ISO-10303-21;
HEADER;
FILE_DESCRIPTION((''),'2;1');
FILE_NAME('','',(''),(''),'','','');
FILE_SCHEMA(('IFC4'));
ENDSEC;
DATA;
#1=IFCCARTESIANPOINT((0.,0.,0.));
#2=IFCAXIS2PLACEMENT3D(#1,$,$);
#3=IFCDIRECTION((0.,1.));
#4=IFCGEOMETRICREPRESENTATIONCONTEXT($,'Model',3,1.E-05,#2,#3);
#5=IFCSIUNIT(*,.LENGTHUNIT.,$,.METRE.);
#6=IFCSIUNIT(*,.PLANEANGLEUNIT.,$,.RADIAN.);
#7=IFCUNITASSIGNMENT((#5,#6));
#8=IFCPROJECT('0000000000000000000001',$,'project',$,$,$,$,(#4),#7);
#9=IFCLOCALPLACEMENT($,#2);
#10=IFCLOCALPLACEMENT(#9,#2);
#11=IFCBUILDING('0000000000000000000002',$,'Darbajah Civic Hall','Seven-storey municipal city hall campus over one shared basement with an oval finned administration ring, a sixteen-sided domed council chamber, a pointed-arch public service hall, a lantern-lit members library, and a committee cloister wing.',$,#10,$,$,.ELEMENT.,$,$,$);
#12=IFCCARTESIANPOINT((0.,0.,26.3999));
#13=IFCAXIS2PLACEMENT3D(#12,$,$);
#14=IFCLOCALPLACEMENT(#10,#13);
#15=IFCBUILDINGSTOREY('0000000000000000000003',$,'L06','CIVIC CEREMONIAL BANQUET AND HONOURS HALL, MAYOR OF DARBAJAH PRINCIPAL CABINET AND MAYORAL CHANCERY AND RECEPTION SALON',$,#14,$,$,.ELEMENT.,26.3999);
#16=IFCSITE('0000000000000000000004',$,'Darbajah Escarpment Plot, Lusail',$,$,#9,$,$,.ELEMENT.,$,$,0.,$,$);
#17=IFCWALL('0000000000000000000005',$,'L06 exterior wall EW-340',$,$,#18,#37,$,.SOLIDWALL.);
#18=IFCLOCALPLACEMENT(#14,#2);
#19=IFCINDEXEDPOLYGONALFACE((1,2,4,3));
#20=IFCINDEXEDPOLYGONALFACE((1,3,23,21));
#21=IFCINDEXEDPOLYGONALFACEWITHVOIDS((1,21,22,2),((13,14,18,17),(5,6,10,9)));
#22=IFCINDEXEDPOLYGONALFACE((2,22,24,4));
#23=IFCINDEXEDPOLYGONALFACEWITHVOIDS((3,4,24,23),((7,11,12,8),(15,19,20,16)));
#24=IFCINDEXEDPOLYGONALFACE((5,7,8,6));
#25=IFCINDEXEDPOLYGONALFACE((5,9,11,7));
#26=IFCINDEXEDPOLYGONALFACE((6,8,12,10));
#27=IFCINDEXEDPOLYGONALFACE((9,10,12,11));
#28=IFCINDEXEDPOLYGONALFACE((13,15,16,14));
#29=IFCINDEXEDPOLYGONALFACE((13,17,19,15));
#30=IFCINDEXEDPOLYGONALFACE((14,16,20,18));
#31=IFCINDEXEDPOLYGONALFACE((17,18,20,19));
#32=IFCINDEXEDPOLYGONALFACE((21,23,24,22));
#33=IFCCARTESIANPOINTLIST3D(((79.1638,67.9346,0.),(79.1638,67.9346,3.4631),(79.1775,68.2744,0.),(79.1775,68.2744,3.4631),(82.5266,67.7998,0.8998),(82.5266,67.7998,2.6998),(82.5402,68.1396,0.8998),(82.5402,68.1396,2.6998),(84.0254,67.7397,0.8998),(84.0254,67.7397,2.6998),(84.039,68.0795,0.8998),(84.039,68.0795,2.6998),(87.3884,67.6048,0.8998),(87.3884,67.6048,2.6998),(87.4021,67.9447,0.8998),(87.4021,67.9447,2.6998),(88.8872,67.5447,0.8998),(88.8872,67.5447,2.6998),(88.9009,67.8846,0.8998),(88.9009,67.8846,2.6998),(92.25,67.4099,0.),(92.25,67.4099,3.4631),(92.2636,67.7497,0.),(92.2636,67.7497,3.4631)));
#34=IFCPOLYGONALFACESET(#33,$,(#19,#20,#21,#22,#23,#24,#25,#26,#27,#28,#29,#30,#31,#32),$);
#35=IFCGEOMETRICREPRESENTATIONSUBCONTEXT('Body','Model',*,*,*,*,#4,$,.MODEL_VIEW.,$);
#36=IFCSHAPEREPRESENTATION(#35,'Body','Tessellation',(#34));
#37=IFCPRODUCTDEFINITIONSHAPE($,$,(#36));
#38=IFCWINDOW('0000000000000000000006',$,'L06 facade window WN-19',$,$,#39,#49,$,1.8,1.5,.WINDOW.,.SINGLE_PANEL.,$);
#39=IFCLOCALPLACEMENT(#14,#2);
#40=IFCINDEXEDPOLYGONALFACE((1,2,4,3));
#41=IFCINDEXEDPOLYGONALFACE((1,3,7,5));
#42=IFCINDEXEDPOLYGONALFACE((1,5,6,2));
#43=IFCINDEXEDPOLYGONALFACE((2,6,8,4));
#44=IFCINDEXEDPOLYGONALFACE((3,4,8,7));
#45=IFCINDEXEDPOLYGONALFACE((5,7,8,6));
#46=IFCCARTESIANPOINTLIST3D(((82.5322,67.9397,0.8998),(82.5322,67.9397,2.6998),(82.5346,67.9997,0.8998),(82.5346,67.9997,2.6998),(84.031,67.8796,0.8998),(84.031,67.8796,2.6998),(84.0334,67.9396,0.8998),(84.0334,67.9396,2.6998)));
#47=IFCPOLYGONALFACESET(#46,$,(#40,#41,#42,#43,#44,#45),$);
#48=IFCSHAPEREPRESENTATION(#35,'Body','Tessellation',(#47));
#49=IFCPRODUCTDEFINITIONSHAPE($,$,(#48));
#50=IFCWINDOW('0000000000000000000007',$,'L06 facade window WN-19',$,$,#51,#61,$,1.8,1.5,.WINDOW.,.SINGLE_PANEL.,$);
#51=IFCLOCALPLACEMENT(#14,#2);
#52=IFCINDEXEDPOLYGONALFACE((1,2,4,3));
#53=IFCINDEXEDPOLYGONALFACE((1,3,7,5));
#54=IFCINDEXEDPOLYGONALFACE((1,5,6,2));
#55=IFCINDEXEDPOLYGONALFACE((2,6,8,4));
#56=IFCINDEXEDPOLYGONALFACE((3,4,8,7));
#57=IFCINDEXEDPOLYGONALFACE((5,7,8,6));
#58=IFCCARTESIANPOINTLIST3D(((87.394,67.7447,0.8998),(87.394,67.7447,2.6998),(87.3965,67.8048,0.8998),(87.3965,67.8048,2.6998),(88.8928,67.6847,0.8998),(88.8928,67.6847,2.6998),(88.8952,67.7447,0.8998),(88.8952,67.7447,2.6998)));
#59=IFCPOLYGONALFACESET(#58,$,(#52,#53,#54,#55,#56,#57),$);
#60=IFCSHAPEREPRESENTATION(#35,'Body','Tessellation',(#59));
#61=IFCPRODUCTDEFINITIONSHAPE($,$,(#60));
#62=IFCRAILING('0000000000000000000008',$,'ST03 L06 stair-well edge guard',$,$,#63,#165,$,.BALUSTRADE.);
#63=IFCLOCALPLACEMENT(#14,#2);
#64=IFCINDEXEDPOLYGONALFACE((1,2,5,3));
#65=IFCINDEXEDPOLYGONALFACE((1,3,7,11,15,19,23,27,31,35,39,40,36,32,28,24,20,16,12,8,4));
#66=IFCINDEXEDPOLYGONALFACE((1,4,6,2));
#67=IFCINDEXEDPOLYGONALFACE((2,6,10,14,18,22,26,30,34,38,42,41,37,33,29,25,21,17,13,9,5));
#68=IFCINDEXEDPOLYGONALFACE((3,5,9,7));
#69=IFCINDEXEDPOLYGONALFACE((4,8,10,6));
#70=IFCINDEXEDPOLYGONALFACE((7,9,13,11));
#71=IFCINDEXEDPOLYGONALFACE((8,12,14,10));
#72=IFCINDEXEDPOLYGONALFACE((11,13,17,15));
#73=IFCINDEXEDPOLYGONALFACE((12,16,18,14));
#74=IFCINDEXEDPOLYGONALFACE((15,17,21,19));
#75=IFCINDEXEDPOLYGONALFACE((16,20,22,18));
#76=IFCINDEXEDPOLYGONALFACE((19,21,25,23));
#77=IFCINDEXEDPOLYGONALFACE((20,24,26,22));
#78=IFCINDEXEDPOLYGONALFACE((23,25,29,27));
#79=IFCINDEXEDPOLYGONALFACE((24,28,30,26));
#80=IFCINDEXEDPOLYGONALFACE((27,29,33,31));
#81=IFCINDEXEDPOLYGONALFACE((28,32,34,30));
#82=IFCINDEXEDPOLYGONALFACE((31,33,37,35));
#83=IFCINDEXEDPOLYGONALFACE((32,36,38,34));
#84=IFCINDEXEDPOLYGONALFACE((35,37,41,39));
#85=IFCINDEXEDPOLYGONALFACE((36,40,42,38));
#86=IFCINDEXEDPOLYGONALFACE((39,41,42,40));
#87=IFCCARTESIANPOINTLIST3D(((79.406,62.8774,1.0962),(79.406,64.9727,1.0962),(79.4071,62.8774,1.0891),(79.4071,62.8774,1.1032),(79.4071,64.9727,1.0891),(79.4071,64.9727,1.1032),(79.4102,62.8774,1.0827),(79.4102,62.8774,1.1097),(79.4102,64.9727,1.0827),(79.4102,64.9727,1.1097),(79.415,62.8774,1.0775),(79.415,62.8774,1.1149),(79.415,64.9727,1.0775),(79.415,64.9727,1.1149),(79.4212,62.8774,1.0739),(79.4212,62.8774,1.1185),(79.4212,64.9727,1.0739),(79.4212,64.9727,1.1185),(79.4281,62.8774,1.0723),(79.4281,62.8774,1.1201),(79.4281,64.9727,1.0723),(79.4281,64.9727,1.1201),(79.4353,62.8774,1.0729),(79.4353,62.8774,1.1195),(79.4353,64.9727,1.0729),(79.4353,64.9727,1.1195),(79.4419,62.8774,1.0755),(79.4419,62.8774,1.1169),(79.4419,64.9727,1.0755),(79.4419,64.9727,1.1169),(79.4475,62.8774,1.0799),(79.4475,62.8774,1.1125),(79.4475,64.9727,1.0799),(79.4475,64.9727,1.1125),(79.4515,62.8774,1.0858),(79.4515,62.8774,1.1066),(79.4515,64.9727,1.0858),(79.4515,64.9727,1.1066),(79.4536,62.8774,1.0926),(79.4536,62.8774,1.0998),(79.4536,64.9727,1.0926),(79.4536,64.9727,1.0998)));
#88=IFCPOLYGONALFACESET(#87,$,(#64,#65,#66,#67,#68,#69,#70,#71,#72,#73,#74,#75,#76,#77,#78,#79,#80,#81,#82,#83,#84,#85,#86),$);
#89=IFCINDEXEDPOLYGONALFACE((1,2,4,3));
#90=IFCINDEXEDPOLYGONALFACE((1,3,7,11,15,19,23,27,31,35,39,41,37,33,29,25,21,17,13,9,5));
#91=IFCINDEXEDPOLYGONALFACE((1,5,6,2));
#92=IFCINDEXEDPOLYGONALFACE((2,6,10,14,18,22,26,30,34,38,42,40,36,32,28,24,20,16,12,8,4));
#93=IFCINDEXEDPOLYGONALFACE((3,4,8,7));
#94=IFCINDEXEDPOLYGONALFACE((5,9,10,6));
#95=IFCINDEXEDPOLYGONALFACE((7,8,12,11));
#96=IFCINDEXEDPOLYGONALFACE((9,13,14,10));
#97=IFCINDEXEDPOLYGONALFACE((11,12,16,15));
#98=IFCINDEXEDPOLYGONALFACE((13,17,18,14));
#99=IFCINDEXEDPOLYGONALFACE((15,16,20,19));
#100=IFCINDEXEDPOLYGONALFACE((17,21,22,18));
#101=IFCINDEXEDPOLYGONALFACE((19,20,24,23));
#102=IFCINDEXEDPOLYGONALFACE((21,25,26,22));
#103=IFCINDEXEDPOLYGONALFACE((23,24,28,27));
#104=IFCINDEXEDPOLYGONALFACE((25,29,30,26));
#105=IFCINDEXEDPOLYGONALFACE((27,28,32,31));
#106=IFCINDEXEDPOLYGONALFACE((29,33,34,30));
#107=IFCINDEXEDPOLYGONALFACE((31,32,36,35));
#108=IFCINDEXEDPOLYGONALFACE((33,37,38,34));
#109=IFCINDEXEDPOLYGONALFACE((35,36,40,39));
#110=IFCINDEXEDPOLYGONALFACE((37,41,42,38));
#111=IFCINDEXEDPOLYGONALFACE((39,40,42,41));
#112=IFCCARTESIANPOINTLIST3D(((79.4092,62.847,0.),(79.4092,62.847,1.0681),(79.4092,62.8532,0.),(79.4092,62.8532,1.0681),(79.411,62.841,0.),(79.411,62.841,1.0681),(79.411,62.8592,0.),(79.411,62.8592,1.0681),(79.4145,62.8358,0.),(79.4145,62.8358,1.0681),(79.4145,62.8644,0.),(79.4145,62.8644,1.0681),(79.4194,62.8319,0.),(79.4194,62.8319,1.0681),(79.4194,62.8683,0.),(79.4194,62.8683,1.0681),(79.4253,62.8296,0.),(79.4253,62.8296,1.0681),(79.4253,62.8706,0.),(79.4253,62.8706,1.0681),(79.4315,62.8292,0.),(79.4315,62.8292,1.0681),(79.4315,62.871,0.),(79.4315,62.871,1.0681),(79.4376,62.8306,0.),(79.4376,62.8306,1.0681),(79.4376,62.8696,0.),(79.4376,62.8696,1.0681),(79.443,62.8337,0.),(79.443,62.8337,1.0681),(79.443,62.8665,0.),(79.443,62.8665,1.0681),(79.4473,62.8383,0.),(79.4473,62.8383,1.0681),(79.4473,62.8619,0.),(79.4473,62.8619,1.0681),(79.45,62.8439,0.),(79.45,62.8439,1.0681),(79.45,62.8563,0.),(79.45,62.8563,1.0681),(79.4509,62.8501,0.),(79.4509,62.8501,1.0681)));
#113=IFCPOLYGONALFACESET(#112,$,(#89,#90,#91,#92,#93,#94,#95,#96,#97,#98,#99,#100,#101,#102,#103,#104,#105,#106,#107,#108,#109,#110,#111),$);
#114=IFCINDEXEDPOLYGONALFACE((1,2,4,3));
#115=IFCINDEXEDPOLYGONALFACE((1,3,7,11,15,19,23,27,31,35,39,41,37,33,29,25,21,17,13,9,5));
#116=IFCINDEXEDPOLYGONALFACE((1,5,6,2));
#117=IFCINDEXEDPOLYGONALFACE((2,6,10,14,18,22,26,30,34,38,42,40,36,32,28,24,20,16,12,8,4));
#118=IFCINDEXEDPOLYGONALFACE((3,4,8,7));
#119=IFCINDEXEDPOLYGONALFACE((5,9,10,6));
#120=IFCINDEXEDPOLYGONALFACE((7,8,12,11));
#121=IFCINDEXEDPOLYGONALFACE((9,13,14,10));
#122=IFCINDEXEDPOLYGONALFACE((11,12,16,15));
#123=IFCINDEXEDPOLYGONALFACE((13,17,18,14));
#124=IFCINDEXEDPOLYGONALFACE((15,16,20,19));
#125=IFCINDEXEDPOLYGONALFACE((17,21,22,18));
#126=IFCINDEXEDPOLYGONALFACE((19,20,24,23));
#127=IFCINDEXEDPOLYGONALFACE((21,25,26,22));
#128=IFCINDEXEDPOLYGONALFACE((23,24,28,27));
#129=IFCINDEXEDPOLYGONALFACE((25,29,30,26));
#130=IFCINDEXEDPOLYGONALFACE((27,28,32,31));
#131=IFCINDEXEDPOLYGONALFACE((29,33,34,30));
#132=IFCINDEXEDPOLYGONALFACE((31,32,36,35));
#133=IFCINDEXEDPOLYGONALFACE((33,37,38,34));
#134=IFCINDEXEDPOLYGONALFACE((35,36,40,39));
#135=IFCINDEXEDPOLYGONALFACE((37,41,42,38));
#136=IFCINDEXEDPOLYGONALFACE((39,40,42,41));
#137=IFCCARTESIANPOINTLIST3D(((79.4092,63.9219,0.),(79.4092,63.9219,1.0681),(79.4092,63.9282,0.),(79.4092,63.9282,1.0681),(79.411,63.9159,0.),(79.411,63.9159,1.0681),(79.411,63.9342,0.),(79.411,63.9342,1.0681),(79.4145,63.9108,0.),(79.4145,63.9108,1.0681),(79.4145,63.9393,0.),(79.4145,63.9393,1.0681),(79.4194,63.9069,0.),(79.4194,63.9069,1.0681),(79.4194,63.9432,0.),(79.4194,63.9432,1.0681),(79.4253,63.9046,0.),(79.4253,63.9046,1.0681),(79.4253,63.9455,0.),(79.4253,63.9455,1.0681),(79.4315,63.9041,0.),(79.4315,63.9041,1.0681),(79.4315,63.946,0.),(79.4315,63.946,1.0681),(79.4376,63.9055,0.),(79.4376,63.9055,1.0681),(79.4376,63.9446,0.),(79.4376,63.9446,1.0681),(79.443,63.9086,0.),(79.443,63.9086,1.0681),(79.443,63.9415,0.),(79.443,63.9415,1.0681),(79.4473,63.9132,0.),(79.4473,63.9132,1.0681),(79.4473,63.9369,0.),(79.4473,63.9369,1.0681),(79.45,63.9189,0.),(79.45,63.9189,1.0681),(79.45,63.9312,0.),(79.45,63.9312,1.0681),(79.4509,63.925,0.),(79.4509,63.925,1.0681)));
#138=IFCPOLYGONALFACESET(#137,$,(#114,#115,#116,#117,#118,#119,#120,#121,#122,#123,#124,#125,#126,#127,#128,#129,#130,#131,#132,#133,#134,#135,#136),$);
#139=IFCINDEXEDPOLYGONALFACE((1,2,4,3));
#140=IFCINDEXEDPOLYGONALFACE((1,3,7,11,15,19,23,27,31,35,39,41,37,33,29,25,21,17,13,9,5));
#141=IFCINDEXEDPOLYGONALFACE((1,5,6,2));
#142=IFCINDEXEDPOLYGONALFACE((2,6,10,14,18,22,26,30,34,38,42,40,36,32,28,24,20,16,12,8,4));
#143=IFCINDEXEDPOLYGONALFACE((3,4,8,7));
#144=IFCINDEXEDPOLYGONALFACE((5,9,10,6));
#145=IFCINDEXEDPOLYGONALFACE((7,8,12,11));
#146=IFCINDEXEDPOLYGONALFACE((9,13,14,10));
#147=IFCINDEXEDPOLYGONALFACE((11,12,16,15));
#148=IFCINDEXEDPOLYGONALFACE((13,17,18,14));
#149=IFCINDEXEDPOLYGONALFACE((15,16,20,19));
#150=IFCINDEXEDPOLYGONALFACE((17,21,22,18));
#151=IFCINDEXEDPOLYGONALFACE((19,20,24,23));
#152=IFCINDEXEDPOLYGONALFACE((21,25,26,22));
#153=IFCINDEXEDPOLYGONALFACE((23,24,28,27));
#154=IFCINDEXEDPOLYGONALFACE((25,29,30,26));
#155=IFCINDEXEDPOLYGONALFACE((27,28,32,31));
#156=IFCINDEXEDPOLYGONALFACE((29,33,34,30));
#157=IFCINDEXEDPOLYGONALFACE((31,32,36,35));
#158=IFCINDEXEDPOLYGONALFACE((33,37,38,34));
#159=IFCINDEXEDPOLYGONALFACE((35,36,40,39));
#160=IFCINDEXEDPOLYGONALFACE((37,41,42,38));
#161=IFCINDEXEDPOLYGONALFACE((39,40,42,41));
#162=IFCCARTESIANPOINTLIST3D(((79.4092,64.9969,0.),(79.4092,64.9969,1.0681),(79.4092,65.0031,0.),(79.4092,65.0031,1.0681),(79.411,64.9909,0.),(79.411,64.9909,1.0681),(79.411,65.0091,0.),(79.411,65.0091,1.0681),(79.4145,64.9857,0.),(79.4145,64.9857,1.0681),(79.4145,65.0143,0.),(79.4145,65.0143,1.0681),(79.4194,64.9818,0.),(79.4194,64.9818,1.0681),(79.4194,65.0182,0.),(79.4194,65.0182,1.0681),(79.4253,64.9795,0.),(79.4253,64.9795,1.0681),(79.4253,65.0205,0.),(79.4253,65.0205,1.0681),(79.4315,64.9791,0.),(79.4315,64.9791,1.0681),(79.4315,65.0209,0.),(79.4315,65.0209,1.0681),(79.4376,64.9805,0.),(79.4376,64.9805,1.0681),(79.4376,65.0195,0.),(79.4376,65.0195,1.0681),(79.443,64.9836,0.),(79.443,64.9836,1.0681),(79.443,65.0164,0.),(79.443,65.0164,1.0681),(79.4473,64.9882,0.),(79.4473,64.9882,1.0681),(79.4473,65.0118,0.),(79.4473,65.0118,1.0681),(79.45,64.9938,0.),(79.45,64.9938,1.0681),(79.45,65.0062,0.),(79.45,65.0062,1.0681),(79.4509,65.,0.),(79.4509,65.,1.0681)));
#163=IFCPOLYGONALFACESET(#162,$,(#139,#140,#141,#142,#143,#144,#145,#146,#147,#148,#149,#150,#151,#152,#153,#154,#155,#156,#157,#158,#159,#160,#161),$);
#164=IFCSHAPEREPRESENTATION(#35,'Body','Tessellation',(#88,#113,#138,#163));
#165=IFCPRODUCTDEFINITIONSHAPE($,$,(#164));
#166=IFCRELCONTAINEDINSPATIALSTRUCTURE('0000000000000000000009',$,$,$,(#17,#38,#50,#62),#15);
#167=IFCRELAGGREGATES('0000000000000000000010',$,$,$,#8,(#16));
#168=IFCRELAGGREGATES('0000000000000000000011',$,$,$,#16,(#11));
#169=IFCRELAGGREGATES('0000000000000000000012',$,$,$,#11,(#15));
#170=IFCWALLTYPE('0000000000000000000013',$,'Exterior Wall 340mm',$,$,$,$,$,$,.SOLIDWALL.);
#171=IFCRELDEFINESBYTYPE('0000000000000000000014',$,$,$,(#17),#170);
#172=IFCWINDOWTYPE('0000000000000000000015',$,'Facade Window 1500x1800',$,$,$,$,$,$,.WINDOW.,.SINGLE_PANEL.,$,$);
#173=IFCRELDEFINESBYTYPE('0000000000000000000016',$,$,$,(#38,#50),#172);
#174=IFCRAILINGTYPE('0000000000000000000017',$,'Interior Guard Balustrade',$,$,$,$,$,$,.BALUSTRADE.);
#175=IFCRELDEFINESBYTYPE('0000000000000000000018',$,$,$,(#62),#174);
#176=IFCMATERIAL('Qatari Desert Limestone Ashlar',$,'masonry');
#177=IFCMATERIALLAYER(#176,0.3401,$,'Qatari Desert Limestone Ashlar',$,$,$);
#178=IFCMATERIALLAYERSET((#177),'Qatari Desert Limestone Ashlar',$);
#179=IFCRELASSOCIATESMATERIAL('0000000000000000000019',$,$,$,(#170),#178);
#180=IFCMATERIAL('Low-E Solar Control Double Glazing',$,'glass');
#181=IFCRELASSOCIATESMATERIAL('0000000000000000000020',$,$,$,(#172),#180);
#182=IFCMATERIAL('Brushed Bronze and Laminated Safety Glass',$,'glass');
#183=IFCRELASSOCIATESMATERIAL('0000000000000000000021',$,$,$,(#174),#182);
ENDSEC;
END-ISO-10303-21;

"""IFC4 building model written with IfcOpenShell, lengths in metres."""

from ifc_helpers import new_model, si_unit, direction, frame, frame_2d, origin, origin_2d, place, context, subcontext, project, spatial, rectangle, circle, extrude, material, layer, layer_set, type_object, element, fill, save


model = new_model("IFC4")

# Units and contexts
model_context = context("Model", 3, precision=1e-05, world=origin(), true_north=direction((0.0, 1.0)))
body_context = subcontext(model_context, "Body", "Model", "MODEL_VIEW")
ifc_project = project(units=[si_unit("LENGTHUNIT", "METRE"), si_unit("PLANEANGLEUNIT", "RADIAN")], contexts=[model_context])

# Site, building, storey
site_placement = place(None, origin())
site = spatial("IfcSite", under=ifc_project, at=site_placement, Name="Darbajah Escarpment Plot, Lusail", CompositionType="ELEMENT", RefElevation=0.0)
building_placement = place(site_placement, origin())
building = spatial("IfcBuilding", under=site, at=building_placement, Name="Darbajah Civic Hall", Description="Seven-storey municipal city hall campus over one shared basement with an oval finned administration ring, a sixteen-sided domed council chamber, a pointed-arch public service hall, a lantern-lit members library, and a committee cloister wing.", CompositionType="ELEMENT")
storey_placement = place(building_placement, frame((0.0, 0.0, 26.3999)))
storey = spatial("IfcBuildingStorey", under=building, at=storey_placement, Name="L06", Description="CIVIC CEREMONIAL BANQUET AND HONOURS HALL, MAYOR OF DARBAJAH PRINCIPAL CABINET AND MAYORAL CHANCERY AND RECEPTION SALON", CompositionType="ELEMENT", Elevation=26.3999)

# Shared definitions
ifc_material_1 = material(Name="Low-E Solar Control Double Glazing", Category="glass")

# Wall, openings, windows
ifc_material_2 = material(Name="Qatari Desert Limestone Ashlar", Category="masonry")
ifc_layer_1 = layer(ifc_material_2, 0.3401, Name="Qatari Desert Limestone Ashlar")
ifc_layer_set_1 = layer_set([ifc_layer_1], Name="Qatari Desert Limestone Ashlar")
wall_type_1 = type_object("IfcWallType", Name="Exterior Wall 340mm", PredefinedType="SOLIDWALL", material=ifc_layer_set_1)
wall_1_placement = place(storey_placement, frame((79.1707, 68.1045, 0.0), z_axis=(0.0, 0.0, 1.0), x_axis=(0.999197, -0.04006, 0.0)))
wall_1 = element("IfcWall", 1, at=wall_1_placement, inside=storey, type_object=wall_type_1, Name="L06 exterior wall EW-340", PredefinedType="SOLIDWALL", context=body_context, shape_type="SweptSolid", body=[
    extrude(rectangle(XDim=13.0967, YDim=0.3401, at=frame_2d((6.5483, 0.0))), origin(), (0.0, 0.0, 1.0), 3.4631),
])
opening_1_placement = place(wall_1_placement, frame((3.3655, 0.0, 0.8999)))
opening_1 = element("IfcOpeningElement", 2, at=opening_1_placement, cuts=wall_1, PredefinedType="OPENING", context=body_context, shape_type="SweptSolid", body=[
    extrude(rectangle(XDim=1.5, YDim=1.8, at=frame_2d((0.75, 0.8999))), frame((0.0, 0.1799, 0.0), z_axis=(0.0, -1.0, 0.0), x_axis=(1.0, 0.0, 0.0)), (0.0, 0.0, 1.0), 0.3601),
])
opening_2_placement = place(wall_1_placement, frame((8.2312, 0.0, 0.8999)))
opening_2 = element("IfcOpeningElement", 3, at=opening_2_placement, cuts=wall_1, PredefinedType="OPENING", context=body_context, shape_type="SweptSolid", body=[
    extrude(rectangle(XDim=1.5, YDim=1.8, at=frame_2d((0.75, 0.8999))), frame((0.0, 0.1799, 0.0), z_axis=(0.0, -1.0, 0.0), x_axis=(1.0, 0.0, 0.0)), (0.0, 0.0, 1.0), 0.3601),
])
window_type = type_object("IfcWindowType", Name="Facade Window 1500x1800", PartitioningType="SINGLE_PANEL", PredefinedType="WINDOW", material=ifc_material_1)
window_1_placement = place(opening_1_placement, origin())
window_1 = element("IfcWindow", 4, at=window_1_placement, inside=storey, type_object=window_type, Name="L06 facade window WN-19", OverallHeight=1.8, OverallWidth=1.5, PartitioningType="SINGLE_PANEL", PredefinedType="WINDOW", context=body_context, shape_type="SweptSolid", body=[
    extrude(rectangle(XDim=1.5, YDim=1.8, at=frame_2d((0.75, 0.8999))), frame((0.0, 0.03, 0.0), z_axis=(0.0, -1.0, 0.0), x_axis=(1.0, 0.0, 0.0)), (0.0, 0.0, 1.0), 0.0601),
])
fill(opening_1, window_1)
window_2_placement = place(opening_2_placement, origin())
window_2 = element("IfcWindow", 5, at=window_2_placement, inside=storey, type_object=window_type, Name="L06 facade window WN-19", OverallHeight=1.8, OverallWidth=1.5, PartitioningType="SINGLE_PANEL", PredefinedType="WINDOW", context=body_context, shape_type="SweptSolid", body=[
    extrude(rectangle(XDim=1.5, YDim=1.8, at=frame_2d((0.75, 0.8999))), frame((0.0, 0.03, 0.0), z_axis=(0.0, -1.0, 0.0), x_axis=(1.0, 0.0, 0.0)), (0.0, 0.0, 1.0), 0.0601),
])
fill(opening_2, window_2)

# Railing
ifc_material_3 = material(Name="Brushed Bronze and Laminated Safety Glass", Category="glass")
railing_type = type_object("IfcRailingType", Name="Interior Guard Balustrade", PredefinedType="BALUSTRADE", material=ifc_material_3)
railing_1_placement = place(storey_placement, frame((79.4299, 62.8501, 0.0)))
element("IfcRailing", 6, at=railing_1_placement, inside=storey, type_object=railing_type, Name="ST03 L06 stair-well edge guard", PredefinedType="BALUSTRADE", context=body_context, shape_type="SweptSolid", body=[
    extrude(circle(Radius=0.0239, at=origin_2d()), frame((0.0, 0.0273, 1.0962), z_axis=(0.0, 1.0, 0.0), x_axis=(-1.0, 0.0, 0.0)), (0.0, 0.0, 1.0), 2.0952),
    extrude(circle(Radius=0.021, at=origin_2d()), origin(), (0.0, 0.0, 1.0), 1.0681),
    extrude(circle(Radius=0.021, at=origin_2d()), frame((0.0, 1.075, 0.0)), (0.0, 0.0, 1.0), 1.0681),
    extrude(circle(Radius=0.021, at=origin_2d()), frame((0.0, 2.1499, 0.0)), (0.0, 0.0, 1.0), 1.0681),
])

save(model, "model.ifc")
